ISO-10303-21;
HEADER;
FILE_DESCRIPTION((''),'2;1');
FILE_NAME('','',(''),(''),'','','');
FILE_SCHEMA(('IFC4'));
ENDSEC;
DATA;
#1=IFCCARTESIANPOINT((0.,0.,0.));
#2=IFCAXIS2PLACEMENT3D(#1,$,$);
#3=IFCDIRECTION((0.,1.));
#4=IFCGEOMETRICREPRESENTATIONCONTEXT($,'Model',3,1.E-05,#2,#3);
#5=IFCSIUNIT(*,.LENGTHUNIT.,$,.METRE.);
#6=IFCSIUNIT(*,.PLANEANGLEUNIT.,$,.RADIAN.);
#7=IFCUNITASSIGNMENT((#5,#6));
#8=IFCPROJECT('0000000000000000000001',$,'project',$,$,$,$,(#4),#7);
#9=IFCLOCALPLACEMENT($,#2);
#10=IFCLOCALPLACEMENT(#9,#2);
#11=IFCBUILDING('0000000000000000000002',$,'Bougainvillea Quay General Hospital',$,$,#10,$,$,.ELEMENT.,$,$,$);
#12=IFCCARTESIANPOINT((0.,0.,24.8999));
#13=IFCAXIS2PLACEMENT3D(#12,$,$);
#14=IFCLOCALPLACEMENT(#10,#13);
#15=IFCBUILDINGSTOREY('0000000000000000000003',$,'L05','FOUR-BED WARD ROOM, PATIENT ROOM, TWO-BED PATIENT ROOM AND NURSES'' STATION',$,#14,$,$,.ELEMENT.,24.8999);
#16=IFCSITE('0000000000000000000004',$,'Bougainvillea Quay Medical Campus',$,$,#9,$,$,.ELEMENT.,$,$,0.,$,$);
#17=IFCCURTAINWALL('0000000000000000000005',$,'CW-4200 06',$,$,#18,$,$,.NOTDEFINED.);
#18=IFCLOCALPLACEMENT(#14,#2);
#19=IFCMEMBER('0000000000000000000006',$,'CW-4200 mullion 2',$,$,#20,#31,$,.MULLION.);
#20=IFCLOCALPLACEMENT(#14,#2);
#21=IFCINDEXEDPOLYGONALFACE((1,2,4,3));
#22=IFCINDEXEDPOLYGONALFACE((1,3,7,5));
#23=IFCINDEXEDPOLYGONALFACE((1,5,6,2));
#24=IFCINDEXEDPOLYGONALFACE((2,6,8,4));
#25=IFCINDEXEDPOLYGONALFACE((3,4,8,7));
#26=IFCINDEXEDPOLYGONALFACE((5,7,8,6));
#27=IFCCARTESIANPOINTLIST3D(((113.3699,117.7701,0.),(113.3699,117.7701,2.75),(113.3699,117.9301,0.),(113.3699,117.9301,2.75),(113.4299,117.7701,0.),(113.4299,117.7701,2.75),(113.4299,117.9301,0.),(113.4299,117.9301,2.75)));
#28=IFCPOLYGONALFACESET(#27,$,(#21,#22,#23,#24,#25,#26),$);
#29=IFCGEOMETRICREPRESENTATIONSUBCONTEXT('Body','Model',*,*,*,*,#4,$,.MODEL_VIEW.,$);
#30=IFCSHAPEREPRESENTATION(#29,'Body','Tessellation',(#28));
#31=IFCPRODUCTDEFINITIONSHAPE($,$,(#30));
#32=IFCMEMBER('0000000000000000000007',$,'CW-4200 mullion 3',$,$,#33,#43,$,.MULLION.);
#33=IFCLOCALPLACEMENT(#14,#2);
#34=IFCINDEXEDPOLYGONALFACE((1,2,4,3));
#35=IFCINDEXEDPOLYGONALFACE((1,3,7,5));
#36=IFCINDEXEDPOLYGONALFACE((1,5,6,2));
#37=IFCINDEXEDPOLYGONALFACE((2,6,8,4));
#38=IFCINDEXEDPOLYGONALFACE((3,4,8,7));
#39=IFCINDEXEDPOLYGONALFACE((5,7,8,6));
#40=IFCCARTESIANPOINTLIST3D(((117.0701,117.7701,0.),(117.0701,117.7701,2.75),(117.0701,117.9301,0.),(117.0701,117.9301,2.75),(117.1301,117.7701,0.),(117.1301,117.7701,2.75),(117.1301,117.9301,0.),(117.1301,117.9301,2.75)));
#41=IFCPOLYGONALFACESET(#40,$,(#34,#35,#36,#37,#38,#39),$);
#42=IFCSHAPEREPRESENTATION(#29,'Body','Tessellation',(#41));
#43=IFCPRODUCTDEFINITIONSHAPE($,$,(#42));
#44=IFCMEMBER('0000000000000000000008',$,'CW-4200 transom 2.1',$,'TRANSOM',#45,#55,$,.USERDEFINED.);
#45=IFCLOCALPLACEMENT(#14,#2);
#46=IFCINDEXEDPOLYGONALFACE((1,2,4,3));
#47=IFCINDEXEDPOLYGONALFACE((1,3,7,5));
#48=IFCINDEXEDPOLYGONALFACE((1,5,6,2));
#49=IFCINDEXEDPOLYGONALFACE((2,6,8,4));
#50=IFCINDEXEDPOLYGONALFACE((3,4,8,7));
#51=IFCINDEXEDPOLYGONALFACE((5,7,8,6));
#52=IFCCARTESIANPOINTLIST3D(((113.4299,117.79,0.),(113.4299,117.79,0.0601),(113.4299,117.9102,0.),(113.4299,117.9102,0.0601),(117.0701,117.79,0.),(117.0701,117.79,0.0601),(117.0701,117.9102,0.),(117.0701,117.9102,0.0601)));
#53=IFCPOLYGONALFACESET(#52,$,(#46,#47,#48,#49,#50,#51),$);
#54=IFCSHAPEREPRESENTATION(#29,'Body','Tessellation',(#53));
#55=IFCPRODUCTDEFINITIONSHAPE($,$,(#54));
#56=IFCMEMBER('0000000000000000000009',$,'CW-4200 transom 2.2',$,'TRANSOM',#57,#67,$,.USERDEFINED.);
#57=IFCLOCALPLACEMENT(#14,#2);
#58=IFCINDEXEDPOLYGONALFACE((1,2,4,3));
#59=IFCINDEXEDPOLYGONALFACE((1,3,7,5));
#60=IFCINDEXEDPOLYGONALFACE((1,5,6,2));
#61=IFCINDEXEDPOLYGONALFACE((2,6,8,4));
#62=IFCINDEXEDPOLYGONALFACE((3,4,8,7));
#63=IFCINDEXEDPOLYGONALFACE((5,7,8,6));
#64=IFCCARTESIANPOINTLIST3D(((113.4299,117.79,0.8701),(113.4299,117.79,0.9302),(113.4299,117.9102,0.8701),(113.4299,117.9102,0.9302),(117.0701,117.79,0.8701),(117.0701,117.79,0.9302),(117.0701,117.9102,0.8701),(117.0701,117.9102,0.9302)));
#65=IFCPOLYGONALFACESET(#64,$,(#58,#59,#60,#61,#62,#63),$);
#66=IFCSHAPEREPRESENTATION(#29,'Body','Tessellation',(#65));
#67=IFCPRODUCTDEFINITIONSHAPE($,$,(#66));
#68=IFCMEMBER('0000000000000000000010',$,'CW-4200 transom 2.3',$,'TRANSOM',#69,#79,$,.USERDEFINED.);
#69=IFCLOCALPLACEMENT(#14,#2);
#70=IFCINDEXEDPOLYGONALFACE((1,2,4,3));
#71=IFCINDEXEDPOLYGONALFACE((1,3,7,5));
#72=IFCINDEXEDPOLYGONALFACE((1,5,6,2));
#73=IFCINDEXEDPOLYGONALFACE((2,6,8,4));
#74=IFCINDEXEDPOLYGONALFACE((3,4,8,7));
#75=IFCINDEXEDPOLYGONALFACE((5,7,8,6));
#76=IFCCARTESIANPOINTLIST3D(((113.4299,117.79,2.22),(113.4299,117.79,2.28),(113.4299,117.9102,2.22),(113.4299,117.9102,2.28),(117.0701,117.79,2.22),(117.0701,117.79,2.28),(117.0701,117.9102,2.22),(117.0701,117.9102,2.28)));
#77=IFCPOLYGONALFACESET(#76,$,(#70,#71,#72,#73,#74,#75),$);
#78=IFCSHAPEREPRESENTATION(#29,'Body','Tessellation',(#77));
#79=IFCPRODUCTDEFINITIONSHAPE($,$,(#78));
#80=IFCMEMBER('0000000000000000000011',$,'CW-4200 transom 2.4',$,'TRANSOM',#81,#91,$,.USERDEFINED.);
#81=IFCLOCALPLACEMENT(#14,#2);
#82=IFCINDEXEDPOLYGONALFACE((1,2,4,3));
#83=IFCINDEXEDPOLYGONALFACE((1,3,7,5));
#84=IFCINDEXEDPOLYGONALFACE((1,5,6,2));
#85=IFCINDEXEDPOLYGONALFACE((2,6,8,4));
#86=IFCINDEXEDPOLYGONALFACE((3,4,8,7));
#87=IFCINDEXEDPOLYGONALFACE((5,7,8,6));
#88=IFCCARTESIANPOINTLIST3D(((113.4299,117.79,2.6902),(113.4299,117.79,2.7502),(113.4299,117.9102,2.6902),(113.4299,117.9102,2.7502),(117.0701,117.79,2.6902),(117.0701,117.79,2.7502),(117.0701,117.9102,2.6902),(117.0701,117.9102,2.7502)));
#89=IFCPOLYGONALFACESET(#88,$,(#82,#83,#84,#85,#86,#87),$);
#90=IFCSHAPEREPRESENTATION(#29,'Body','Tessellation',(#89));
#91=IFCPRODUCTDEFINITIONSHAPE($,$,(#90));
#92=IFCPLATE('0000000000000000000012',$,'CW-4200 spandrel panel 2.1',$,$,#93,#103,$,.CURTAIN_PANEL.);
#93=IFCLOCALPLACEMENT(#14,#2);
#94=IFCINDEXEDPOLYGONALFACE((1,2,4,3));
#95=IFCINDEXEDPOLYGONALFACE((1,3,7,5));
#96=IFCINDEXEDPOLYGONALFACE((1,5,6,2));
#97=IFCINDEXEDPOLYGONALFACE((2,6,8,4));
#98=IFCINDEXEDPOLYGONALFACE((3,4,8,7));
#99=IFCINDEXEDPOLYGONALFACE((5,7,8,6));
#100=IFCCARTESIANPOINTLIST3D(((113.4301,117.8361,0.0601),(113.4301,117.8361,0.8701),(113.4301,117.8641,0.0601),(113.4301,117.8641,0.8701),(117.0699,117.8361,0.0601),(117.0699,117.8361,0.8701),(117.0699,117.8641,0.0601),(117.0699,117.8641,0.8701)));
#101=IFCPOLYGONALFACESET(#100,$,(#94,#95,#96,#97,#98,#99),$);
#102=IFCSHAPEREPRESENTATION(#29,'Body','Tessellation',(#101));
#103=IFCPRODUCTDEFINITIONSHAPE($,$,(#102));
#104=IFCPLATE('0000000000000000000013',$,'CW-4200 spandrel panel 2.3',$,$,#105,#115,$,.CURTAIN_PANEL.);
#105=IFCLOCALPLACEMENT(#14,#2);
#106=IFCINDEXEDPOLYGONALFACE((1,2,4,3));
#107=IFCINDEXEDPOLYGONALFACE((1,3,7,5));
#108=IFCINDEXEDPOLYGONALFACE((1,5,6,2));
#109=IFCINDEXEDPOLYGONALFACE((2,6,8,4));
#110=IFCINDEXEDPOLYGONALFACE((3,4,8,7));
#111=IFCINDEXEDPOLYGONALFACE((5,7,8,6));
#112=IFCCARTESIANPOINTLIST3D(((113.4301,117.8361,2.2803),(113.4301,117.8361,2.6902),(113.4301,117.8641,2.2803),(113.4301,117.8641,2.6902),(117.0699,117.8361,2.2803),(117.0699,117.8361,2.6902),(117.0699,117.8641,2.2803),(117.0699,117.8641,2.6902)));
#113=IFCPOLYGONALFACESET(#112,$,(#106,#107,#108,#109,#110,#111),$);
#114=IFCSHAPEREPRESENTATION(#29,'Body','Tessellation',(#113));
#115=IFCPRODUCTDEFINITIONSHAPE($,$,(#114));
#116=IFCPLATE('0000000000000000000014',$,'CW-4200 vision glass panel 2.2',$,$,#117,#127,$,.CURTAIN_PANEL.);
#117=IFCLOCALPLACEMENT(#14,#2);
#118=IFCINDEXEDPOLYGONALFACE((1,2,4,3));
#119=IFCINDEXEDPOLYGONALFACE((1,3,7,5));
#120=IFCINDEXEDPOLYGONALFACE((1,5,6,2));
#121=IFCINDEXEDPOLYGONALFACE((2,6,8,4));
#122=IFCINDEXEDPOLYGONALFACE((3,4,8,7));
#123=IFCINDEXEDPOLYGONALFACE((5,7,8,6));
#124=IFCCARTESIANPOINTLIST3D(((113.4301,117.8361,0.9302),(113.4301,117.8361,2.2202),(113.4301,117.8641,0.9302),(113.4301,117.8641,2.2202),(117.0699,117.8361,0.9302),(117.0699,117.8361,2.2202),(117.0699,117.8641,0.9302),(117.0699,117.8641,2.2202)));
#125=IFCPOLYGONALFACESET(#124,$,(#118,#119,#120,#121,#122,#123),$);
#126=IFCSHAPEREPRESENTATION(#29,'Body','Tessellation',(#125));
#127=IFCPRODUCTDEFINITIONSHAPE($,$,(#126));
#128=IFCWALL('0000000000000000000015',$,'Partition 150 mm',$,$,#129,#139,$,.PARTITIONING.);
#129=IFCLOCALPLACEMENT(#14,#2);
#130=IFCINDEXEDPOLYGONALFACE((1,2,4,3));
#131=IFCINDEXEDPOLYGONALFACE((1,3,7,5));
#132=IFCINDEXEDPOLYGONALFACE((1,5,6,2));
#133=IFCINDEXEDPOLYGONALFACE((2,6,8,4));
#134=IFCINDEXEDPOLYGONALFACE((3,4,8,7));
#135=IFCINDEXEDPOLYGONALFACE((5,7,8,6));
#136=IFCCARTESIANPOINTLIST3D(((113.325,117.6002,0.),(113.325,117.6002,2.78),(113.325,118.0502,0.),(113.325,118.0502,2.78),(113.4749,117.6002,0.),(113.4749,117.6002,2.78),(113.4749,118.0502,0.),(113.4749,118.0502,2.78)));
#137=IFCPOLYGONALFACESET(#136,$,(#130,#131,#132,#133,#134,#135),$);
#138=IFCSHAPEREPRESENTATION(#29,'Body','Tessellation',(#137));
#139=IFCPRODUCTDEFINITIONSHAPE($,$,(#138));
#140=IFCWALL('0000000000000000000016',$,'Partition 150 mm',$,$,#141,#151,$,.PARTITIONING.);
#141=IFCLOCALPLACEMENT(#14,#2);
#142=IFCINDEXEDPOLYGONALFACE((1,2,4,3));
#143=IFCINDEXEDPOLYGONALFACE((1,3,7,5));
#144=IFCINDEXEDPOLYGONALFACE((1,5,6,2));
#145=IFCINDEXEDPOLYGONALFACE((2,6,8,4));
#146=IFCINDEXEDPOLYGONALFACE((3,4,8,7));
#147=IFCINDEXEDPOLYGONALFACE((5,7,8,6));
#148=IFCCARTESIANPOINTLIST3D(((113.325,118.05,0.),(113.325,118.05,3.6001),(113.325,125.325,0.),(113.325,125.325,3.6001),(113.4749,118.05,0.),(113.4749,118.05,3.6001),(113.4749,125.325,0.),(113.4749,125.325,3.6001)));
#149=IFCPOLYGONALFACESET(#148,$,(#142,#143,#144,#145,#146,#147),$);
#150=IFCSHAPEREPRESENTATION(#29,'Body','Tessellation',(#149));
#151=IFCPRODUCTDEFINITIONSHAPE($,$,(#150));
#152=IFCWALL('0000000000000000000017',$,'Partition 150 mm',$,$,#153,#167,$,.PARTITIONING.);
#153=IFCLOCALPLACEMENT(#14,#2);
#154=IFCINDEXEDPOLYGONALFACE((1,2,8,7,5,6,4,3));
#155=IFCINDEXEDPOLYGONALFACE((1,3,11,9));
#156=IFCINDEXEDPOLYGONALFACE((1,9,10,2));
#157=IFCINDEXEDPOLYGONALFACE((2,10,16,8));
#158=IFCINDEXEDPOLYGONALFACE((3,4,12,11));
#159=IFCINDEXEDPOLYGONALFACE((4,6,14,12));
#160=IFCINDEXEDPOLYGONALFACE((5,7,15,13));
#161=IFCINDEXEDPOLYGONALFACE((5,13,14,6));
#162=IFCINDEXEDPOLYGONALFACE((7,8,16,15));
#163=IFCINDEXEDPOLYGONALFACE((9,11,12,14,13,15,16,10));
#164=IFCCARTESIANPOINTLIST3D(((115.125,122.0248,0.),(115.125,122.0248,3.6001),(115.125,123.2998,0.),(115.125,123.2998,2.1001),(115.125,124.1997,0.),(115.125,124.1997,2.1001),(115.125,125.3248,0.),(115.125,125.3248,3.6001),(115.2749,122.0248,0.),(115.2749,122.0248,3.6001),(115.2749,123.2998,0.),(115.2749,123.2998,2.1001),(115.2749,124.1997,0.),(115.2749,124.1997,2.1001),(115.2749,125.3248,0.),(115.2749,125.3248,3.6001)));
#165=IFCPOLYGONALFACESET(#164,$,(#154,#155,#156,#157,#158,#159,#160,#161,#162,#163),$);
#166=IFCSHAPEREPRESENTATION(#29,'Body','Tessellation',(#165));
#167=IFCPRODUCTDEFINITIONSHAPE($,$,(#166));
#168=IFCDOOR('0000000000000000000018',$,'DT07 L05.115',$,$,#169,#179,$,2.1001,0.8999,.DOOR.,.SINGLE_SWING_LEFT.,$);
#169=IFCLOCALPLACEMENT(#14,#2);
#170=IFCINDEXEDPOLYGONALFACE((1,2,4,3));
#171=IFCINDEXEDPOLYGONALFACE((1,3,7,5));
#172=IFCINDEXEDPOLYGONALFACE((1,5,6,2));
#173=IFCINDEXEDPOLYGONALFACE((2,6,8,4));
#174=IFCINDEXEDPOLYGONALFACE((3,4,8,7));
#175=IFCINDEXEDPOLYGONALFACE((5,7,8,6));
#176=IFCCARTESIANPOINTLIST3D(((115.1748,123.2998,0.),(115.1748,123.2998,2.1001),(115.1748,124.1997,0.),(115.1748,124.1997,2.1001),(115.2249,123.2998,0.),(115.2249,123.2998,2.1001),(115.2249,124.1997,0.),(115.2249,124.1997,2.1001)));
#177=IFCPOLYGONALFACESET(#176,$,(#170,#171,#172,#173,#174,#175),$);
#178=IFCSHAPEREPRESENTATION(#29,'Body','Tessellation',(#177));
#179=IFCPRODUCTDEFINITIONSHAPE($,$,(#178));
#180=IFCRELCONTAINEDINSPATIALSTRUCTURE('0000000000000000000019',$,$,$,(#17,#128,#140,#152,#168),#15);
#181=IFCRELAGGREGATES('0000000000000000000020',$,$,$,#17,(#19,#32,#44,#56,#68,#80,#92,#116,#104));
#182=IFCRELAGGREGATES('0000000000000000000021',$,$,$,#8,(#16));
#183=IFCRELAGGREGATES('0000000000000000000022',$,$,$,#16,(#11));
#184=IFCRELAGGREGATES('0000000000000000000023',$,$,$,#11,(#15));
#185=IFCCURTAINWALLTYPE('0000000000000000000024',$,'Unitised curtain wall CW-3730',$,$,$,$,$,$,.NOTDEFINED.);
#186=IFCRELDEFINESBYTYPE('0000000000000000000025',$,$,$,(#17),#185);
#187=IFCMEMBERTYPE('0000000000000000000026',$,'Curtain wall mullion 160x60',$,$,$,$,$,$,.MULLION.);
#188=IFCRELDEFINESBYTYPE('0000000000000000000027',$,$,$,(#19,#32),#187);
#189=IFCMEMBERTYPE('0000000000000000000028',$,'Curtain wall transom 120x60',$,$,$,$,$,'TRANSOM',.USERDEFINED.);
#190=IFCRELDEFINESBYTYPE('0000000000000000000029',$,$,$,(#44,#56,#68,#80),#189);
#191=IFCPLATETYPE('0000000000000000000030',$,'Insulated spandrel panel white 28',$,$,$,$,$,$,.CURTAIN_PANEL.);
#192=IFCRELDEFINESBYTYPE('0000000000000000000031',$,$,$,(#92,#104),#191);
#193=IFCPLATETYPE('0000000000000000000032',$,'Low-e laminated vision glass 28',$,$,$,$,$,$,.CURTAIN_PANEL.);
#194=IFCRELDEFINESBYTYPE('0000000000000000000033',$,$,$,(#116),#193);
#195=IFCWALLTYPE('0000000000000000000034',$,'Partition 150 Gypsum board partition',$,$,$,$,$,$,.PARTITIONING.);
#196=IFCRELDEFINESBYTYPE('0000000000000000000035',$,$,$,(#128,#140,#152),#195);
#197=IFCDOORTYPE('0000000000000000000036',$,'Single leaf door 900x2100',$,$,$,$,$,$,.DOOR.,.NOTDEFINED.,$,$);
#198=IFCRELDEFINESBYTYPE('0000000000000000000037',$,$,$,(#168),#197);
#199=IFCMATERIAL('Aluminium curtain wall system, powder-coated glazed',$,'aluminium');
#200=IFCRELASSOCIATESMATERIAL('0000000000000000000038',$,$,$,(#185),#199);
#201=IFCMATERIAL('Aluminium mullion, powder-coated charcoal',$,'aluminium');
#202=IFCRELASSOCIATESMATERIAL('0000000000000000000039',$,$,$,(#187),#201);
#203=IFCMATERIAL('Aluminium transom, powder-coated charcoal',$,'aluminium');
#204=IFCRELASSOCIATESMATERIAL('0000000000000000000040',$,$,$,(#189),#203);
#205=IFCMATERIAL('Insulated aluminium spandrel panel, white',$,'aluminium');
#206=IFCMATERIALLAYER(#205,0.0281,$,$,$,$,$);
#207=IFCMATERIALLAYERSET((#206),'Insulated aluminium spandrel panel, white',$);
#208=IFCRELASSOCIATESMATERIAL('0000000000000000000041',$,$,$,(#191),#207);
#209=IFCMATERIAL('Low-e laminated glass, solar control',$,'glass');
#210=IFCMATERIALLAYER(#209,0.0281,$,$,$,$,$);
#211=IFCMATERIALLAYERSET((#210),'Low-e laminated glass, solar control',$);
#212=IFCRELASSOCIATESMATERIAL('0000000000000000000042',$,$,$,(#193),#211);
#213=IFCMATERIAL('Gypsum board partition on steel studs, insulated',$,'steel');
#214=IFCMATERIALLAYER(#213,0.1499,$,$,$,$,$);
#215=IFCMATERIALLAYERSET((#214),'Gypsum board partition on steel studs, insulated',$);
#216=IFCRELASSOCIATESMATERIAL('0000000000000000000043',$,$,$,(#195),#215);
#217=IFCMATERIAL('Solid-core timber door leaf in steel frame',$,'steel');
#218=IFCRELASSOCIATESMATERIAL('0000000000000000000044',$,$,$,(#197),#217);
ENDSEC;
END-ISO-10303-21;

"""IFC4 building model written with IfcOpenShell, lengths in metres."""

from ifc_helpers import new_model, si_unit, direction, frame, frame_2d, origin, origin_2d, place, context, subcontext, project, spatial, rectangle, extrude, material, layer, layer_set, material_profile, profile_set, type_object, element, fill, aggregate, save


model = new_model("IFC4")

# Units and contexts
model_context = context("Model", 3, precision=1e-05, world=origin(), true_north=direction((0.0, 1.0)))
body_context = subcontext(model_context, "Body", "Model", "MODEL_VIEW")
ifc_project = project(units=[si_unit("LENGTHUNIT", "METRE"), si_unit("PLANEANGLEUNIT", "RADIAN")], contexts=[model_context])

# Site, building, storey
site_placement = place(None, origin())
site = spatial("IfcSite", under=ifc_project, at=site_placement, Name="Bougainvillea Quay Medical Campus", CompositionType="ELEMENT", RefElevation=0.0)
building_placement = place(site_placement, origin())
building = spatial("IfcBuilding", under=site, at=building_placement, Name="Bougainvillea Quay General Hospital", CompositionType="ELEMENT")
storey_placement = place(building_placement, frame((0.0, 0.0, 24.8999)))
storey = spatial("IfcBuildingStorey", under=building, at=storey_placement, Name="L05", Description="FOUR-BED WARD ROOM, PATIENT ROOM, TWO-BED PATIENT ROOM AND NURSES' STATION", CompositionType="ELEMENT", Elevation=24.8999)

# Curtain wall, members, plates
ifc_material_1 = material(Name="Aluminium curtain wall system, powder-coated glazed", Category="aluminium")
curtain_wall_type = type_object("IfcCurtainWallType", Name="Unitised curtain wall CW-3730", PredefinedType="NOTDEFINED", material=ifc_material_1)
curtain_wall_placement = place(storey_placement, origin())
curtain_wall = element("IfcCurtainWall", 1, at=curtain_wall_placement, inside=storey, type_object=curtain_wall_type, Name="CW-4200 06", PredefinedType="NOTDEFINED")
ifc_material_2 = material(Name="Aluminium mullion, powder-coated charcoal", Category="aluminium")
ifc_material_profile_1 = material_profile(ifc_material_2, rectangle(XDim=0.1599, YDim=0.0601, at=origin_2d()))
ifc_profile_set_1 = profile_set([ifc_material_profile_1], Name="Aluminium mullion, powder-coated charcoal")
member_type_1 = type_object("IfcMemberType", Name="Curtain wall mullion 160x60", PredefinedType="MULLION", material=ifc_profile_set_1)
member_1_placement = place(storey_placement, frame((113.3999, 117.8501, 0.0), z_axis=(0.0, 0.0, 1.0), x_axis=(0.0, 1.0, 0.0)))
member_1 = element("IfcMember", 2, at=member_1_placement, type_object=member_type_1, Name="CW-4200 mullion 2", PredefinedType="MULLION", context=body_context, shape_type="SweptSolid", body=[
    extrude(rectangle(XDim=0.1599, YDim=0.0601, at=origin_2d()), origin(), (0.0, 0.0, 1.0), 2.75),
])
member_2_placement = place(storey_placement, frame((117.1001, 117.8501, 0.0), z_axis=(0.0, 0.0, 1.0), x_axis=(0.0, 1.0, 0.0)))
member_2 = element("IfcMember", 3, at=member_2_placement, type_object=member_type_1, Name="CW-4200 mullion 3", PredefinedType="MULLION", context=body_context, shape_type="SweptSolid", body=[
    extrude(rectangle(XDim=0.1599, YDim=0.0601, at=origin_2d()), origin(), (0.0, 0.0, 1.0), 2.75),
])
ifc_material_3 = material(Name="Aluminium transom, powder-coated charcoal", Category="aluminium")
ifc_material_profile_2 = material_profile(ifc_material_3, rectangle(XDim=0.1201, YDim=0.0601, at=origin_2d()))
ifc_profile_set_2 = profile_set([ifc_material_profile_2], Name="Aluminium transom, powder-coated charcoal")
member_type_2 = type_object("IfcMemberType", Name="Curtain wall transom 120x60", ElementType="TRANSOM", PredefinedType="USERDEFINED", material=ifc_profile_set_2)
member_3_placement = place(storey_placement, frame((113.4299, 117.8501, 0.03), z_axis=(1.0, 0.0, 0.0), x_axis=(0.0, 1.0, 0.0)))
member_3 = element("IfcMember", 4, at=member_3_placement, type_object=member_type_2, Name="CW-4200 transom 2.1", ObjectType="TRANSOM", PredefinedType="USERDEFINED", context=body_context, shape_type="SweptSolid", body=[
    extrude(rectangle(XDim=0.1201, YDim=0.0601, at=origin_2d()), origin(), (0.0, 0.0, 1.0), 3.6401),
])
member_4_placement = place(storey_placement, frame((113.4299, 117.8501, 0.9001), z_axis=(1.0, 0.0, 0.0), x_axis=(0.0, 1.0, 0.0)))
member_4 = element("IfcMember", 5, at=member_4_placement, type_object=member_type_2, Name="CW-4200 transom 2.2", ObjectType="TRANSOM", PredefinedType="USERDEFINED", context=body_context, shape_type="SweptSolid", body=[
    extrude(rectangle(XDim=0.1201, YDim=0.0601, at=origin_2d()), origin(), (0.0, 0.0, 1.0), 3.6401),
])
member_5_placement = place(storey_placement, frame((113.4299, 117.8501, 2.25), z_axis=(1.0, 0.0, 0.0), x_axis=(0.0, 1.0, 0.0)))
member_5 = element("IfcMember", 6, at=member_5_placement, type_object=member_type_2, Name="CW-4200 transom 2.3", ObjectType="TRANSOM", PredefinedType="USERDEFINED", context=body_context, shape_type="SweptSolid", body=[
    extrude(rectangle(XDim=0.1201, YDim=0.0601, at=origin_2d()), origin(), (0.0, 0.0, 1.0), 3.6401),
])
member_6_placement = place(storey_placement, frame((113.4299, 117.8501, 2.7202), z_axis=(1.0, 0.0, 0.0), x_axis=(0.0, 1.0, 0.0)))
member_6 = element("IfcMember", 7, at=member_6_placement, type_object=member_type_2, Name="CW-4200 transom 2.4", ObjectType="TRANSOM", PredefinedType="USERDEFINED", context=body_context, shape_type="SweptSolid", body=[
    extrude(rectangle(XDim=0.1201, YDim=0.0601, at=origin_2d()), origin(), (0.0, 0.0, 1.0), 3.6401),
])
ifc_material_4 = material(Name="Insulated aluminium spandrel panel, white", Category="aluminium")
ifc_layer_1 = layer(ifc_material_4, 0.0281)
ifc_layer_set_1 = layer_set([ifc_layer_1], Name="Insulated aluminium spandrel panel, white")
plate_type_1 = type_object("IfcPlateType", Name="Insulated spandrel panel white 28", PredefinedType="CURTAIN_PANEL", material=ifc_layer_set_1)
plate_1_placement = place(storey_placement, frame((115.25, 117.8501, 0.0601), z_axis=(0.0, 0.0, 1.0), x_axis=(1.0, 0.0, 0.0)))
plate_1 = element("IfcPlate", 8, at=plate_1_placement, type_object=plate_type_1, Name="CW-4200 spandrel panel 2.1", PredefinedType="CURTAIN_PANEL", context=body_context, shape_type="SweptSolid", body=[
    extrude(rectangle(XDim=3.6399, YDim=0.0281, at=origin_2d()), origin(), (0.0, 0.0, 1.0), 0.8101),
])
plate_2_placement = place(storey_placement, frame((115.25, 117.8501, 2.2803), z_axis=(0.0, 0.0, 1.0), x_axis=(1.0, 0.0, 0.0)))
plate_2 = element("IfcPlate", 9, at=plate_2_placement, type_object=plate_type_1, Name="CW-4200 spandrel panel 2.3", PredefinedType="CURTAIN_PANEL", context=body_context, shape_type="SweptSolid", body=[
    extrude(rectangle(XDim=3.6399, YDim=0.0281, at=origin_2d()), origin(), (0.0, 0.0, 1.0), 0.4099),
])
ifc_material_5 = material(Name="Low-e laminated glass, solar control", Category="glass")
ifc_layer_2 = layer(ifc_material_5, 0.0281)
ifc_layer_set_2 = layer_set([ifc_layer_2], Name="Low-e laminated glass, solar control")
plate_type_2 = type_object("IfcPlateType", Name="Low-e laminated vision glass 28", PredefinedType="CURTAIN_PANEL", material=ifc_layer_set_2)
plate_3_placement = place(storey_placement, frame((115.25, 117.8501, 0.9302), z_axis=(0.0, 0.0, 1.0), x_axis=(1.0, 0.0, 0.0)))
plate_3 = element("IfcPlate", 10, at=plate_3_placement, type_object=plate_type_2, Name="CW-4200 vision glass panel 2.2", PredefinedType="CURTAIN_PANEL", context=body_context, shape_type="SweptSolid", body=[
    extrude(rectangle(XDim=3.6399, YDim=0.0281, at=origin_2d()), origin(), (0.0, 0.0, 1.0), 1.29),
])
aggregate(curtain_wall, [member_1, member_2, member_3, member_4, member_5, member_6, plate_1, plate_3, plate_2])

# Walls
ifc_material_6 = material(Name="Gypsum board partition on steel studs, insulated", Category="steel")
ifc_layer_3 = layer(ifc_material_6, 0.1499)
ifc_layer_set_3 = layer_set([ifc_layer_3], Name="Gypsum board partition on steel studs, insulated")
wall_type = type_object("IfcWallType", Name="Partition 150 Gypsum board partition", PredefinedType="PARTITIONING", material=ifc_layer_set_3)
wall_1_placement = place(storey_placement, frame((113.3999, 117.6001, 0.0), z_axis=(0.0, 0.0, 1.0), x_axis=(0.0, 1.0, 0.0)))
element("IfcWall", 11, at=wall_1_placement, inside=storey, type_object=wall_type, Name="Partition 150 mm", PredefinedType="PARTITIONING", context=body_context, shape_type="SweptSolid", body=[
    extrude(rectangle(XDim=0.45, YDim=0.1499, at=frame_2d((0.2251, 0.0))), origin(), (0.0, 0.0, 1.0), 2.78),
])
wall_2_placement = place(storey_placement, frame((113.3999, 118.05, 0.0), z_axis=(0.0, 0.0, 1.0), x_axis=(0.0, 1.0, 0.0)))
element("IfcWall", 12, at=wall_2_placement, inside=storey, type_object=wall_type, Name="Partition 150 mm", PredefinedType="PARTITIONING", context=body_context, shape_type="SweptSolid", body=[
    extrude(rectangle(XDim=7.2749, YDim=0.1499, at=frame_2d((3.6375, 0.0))), origin(), (0.0, 0.0, 1.0), 3.6001),
])

# Wall, opening, door
wall_3_placement = place(storey_placement, frame((115.2, 122.0249, 0.0), z_axis=(0.0, 0.0, 1.0), x_axis=(0.0, 1.0, 0.0)))
wall_3 = element("IfcWall", 13, at=wall_3_placement, inside=storey, type_object=wall_type, Name="Partition 150 mm", PredefinedType="PARTITIONING", context=body_context, shape_type="SweptSolid", body=[
    extrude(rectangle(XDim=3.3, YDim=0.1499, at=frame_2d((1.6499, 0.0))), origin(), (0.0, 0.0, 1.0), 3.6001),
])
opening_placement = place(wall_3_placement, frame((1.2749, 0.0, 0.0)))
opening = element("IfcOpeningElement", 14, at=opening_placement, cuts=wall_3, PredefinedType="OPENING", context=body_context, shape_type="SweptSolid", body=[
    extrude(rectangle(XDim=0.8999, YDim=2.1001, at=frame_2d((0.45, 1.05))), frame((0.0, 0.085, 0.0), z_axis=(0.0, -1.0, 0.0), x_axis=(1.0, 0.0, 0.0)), (0.0, 0.0, 1.0), 0.1699),
])
ifc_material_7 = material(Name="Solid-core timber door leaf in steel frame", Category="steel")
door_type = type_object("IfcDoorType", Name="Single leaf door 900x2100", OperationType="NOTDEFINED", PredefinedType="DOOR", material=ifc_material_7)
door_placement = place(opening_placement, frame((0.8999, 0.0, 0.0), z_axis=(0.0, 0.0, 1.0), x_axis=(-1.0, 0.0, 0.0)))
door = element("IfcDoor", 15, at=door_placement, inside=storey, type_object=door_type, Name="DT07 L05.115", OperationType="SINGLE_SWING_LEFT", OverallHeight=2.1001, OverallWidth=0.8999, PredefinedType="DOOR", context=body_context, shape_type="SweptSolid", body=[
    extrude(rectangle(XDim=0.8999, YDim=2.1001, at=frame_2d((0.45, 1.05))), frame((0.0, 0.0249, 0.0), z_axis=(0.0, -1.0, 0.0), x_axis=(1.0, 0.0, 0.0)), (0.0, 0.0, 1.0), 0.05),
])
fill(opening, door)

save(model, "model.ifc")
